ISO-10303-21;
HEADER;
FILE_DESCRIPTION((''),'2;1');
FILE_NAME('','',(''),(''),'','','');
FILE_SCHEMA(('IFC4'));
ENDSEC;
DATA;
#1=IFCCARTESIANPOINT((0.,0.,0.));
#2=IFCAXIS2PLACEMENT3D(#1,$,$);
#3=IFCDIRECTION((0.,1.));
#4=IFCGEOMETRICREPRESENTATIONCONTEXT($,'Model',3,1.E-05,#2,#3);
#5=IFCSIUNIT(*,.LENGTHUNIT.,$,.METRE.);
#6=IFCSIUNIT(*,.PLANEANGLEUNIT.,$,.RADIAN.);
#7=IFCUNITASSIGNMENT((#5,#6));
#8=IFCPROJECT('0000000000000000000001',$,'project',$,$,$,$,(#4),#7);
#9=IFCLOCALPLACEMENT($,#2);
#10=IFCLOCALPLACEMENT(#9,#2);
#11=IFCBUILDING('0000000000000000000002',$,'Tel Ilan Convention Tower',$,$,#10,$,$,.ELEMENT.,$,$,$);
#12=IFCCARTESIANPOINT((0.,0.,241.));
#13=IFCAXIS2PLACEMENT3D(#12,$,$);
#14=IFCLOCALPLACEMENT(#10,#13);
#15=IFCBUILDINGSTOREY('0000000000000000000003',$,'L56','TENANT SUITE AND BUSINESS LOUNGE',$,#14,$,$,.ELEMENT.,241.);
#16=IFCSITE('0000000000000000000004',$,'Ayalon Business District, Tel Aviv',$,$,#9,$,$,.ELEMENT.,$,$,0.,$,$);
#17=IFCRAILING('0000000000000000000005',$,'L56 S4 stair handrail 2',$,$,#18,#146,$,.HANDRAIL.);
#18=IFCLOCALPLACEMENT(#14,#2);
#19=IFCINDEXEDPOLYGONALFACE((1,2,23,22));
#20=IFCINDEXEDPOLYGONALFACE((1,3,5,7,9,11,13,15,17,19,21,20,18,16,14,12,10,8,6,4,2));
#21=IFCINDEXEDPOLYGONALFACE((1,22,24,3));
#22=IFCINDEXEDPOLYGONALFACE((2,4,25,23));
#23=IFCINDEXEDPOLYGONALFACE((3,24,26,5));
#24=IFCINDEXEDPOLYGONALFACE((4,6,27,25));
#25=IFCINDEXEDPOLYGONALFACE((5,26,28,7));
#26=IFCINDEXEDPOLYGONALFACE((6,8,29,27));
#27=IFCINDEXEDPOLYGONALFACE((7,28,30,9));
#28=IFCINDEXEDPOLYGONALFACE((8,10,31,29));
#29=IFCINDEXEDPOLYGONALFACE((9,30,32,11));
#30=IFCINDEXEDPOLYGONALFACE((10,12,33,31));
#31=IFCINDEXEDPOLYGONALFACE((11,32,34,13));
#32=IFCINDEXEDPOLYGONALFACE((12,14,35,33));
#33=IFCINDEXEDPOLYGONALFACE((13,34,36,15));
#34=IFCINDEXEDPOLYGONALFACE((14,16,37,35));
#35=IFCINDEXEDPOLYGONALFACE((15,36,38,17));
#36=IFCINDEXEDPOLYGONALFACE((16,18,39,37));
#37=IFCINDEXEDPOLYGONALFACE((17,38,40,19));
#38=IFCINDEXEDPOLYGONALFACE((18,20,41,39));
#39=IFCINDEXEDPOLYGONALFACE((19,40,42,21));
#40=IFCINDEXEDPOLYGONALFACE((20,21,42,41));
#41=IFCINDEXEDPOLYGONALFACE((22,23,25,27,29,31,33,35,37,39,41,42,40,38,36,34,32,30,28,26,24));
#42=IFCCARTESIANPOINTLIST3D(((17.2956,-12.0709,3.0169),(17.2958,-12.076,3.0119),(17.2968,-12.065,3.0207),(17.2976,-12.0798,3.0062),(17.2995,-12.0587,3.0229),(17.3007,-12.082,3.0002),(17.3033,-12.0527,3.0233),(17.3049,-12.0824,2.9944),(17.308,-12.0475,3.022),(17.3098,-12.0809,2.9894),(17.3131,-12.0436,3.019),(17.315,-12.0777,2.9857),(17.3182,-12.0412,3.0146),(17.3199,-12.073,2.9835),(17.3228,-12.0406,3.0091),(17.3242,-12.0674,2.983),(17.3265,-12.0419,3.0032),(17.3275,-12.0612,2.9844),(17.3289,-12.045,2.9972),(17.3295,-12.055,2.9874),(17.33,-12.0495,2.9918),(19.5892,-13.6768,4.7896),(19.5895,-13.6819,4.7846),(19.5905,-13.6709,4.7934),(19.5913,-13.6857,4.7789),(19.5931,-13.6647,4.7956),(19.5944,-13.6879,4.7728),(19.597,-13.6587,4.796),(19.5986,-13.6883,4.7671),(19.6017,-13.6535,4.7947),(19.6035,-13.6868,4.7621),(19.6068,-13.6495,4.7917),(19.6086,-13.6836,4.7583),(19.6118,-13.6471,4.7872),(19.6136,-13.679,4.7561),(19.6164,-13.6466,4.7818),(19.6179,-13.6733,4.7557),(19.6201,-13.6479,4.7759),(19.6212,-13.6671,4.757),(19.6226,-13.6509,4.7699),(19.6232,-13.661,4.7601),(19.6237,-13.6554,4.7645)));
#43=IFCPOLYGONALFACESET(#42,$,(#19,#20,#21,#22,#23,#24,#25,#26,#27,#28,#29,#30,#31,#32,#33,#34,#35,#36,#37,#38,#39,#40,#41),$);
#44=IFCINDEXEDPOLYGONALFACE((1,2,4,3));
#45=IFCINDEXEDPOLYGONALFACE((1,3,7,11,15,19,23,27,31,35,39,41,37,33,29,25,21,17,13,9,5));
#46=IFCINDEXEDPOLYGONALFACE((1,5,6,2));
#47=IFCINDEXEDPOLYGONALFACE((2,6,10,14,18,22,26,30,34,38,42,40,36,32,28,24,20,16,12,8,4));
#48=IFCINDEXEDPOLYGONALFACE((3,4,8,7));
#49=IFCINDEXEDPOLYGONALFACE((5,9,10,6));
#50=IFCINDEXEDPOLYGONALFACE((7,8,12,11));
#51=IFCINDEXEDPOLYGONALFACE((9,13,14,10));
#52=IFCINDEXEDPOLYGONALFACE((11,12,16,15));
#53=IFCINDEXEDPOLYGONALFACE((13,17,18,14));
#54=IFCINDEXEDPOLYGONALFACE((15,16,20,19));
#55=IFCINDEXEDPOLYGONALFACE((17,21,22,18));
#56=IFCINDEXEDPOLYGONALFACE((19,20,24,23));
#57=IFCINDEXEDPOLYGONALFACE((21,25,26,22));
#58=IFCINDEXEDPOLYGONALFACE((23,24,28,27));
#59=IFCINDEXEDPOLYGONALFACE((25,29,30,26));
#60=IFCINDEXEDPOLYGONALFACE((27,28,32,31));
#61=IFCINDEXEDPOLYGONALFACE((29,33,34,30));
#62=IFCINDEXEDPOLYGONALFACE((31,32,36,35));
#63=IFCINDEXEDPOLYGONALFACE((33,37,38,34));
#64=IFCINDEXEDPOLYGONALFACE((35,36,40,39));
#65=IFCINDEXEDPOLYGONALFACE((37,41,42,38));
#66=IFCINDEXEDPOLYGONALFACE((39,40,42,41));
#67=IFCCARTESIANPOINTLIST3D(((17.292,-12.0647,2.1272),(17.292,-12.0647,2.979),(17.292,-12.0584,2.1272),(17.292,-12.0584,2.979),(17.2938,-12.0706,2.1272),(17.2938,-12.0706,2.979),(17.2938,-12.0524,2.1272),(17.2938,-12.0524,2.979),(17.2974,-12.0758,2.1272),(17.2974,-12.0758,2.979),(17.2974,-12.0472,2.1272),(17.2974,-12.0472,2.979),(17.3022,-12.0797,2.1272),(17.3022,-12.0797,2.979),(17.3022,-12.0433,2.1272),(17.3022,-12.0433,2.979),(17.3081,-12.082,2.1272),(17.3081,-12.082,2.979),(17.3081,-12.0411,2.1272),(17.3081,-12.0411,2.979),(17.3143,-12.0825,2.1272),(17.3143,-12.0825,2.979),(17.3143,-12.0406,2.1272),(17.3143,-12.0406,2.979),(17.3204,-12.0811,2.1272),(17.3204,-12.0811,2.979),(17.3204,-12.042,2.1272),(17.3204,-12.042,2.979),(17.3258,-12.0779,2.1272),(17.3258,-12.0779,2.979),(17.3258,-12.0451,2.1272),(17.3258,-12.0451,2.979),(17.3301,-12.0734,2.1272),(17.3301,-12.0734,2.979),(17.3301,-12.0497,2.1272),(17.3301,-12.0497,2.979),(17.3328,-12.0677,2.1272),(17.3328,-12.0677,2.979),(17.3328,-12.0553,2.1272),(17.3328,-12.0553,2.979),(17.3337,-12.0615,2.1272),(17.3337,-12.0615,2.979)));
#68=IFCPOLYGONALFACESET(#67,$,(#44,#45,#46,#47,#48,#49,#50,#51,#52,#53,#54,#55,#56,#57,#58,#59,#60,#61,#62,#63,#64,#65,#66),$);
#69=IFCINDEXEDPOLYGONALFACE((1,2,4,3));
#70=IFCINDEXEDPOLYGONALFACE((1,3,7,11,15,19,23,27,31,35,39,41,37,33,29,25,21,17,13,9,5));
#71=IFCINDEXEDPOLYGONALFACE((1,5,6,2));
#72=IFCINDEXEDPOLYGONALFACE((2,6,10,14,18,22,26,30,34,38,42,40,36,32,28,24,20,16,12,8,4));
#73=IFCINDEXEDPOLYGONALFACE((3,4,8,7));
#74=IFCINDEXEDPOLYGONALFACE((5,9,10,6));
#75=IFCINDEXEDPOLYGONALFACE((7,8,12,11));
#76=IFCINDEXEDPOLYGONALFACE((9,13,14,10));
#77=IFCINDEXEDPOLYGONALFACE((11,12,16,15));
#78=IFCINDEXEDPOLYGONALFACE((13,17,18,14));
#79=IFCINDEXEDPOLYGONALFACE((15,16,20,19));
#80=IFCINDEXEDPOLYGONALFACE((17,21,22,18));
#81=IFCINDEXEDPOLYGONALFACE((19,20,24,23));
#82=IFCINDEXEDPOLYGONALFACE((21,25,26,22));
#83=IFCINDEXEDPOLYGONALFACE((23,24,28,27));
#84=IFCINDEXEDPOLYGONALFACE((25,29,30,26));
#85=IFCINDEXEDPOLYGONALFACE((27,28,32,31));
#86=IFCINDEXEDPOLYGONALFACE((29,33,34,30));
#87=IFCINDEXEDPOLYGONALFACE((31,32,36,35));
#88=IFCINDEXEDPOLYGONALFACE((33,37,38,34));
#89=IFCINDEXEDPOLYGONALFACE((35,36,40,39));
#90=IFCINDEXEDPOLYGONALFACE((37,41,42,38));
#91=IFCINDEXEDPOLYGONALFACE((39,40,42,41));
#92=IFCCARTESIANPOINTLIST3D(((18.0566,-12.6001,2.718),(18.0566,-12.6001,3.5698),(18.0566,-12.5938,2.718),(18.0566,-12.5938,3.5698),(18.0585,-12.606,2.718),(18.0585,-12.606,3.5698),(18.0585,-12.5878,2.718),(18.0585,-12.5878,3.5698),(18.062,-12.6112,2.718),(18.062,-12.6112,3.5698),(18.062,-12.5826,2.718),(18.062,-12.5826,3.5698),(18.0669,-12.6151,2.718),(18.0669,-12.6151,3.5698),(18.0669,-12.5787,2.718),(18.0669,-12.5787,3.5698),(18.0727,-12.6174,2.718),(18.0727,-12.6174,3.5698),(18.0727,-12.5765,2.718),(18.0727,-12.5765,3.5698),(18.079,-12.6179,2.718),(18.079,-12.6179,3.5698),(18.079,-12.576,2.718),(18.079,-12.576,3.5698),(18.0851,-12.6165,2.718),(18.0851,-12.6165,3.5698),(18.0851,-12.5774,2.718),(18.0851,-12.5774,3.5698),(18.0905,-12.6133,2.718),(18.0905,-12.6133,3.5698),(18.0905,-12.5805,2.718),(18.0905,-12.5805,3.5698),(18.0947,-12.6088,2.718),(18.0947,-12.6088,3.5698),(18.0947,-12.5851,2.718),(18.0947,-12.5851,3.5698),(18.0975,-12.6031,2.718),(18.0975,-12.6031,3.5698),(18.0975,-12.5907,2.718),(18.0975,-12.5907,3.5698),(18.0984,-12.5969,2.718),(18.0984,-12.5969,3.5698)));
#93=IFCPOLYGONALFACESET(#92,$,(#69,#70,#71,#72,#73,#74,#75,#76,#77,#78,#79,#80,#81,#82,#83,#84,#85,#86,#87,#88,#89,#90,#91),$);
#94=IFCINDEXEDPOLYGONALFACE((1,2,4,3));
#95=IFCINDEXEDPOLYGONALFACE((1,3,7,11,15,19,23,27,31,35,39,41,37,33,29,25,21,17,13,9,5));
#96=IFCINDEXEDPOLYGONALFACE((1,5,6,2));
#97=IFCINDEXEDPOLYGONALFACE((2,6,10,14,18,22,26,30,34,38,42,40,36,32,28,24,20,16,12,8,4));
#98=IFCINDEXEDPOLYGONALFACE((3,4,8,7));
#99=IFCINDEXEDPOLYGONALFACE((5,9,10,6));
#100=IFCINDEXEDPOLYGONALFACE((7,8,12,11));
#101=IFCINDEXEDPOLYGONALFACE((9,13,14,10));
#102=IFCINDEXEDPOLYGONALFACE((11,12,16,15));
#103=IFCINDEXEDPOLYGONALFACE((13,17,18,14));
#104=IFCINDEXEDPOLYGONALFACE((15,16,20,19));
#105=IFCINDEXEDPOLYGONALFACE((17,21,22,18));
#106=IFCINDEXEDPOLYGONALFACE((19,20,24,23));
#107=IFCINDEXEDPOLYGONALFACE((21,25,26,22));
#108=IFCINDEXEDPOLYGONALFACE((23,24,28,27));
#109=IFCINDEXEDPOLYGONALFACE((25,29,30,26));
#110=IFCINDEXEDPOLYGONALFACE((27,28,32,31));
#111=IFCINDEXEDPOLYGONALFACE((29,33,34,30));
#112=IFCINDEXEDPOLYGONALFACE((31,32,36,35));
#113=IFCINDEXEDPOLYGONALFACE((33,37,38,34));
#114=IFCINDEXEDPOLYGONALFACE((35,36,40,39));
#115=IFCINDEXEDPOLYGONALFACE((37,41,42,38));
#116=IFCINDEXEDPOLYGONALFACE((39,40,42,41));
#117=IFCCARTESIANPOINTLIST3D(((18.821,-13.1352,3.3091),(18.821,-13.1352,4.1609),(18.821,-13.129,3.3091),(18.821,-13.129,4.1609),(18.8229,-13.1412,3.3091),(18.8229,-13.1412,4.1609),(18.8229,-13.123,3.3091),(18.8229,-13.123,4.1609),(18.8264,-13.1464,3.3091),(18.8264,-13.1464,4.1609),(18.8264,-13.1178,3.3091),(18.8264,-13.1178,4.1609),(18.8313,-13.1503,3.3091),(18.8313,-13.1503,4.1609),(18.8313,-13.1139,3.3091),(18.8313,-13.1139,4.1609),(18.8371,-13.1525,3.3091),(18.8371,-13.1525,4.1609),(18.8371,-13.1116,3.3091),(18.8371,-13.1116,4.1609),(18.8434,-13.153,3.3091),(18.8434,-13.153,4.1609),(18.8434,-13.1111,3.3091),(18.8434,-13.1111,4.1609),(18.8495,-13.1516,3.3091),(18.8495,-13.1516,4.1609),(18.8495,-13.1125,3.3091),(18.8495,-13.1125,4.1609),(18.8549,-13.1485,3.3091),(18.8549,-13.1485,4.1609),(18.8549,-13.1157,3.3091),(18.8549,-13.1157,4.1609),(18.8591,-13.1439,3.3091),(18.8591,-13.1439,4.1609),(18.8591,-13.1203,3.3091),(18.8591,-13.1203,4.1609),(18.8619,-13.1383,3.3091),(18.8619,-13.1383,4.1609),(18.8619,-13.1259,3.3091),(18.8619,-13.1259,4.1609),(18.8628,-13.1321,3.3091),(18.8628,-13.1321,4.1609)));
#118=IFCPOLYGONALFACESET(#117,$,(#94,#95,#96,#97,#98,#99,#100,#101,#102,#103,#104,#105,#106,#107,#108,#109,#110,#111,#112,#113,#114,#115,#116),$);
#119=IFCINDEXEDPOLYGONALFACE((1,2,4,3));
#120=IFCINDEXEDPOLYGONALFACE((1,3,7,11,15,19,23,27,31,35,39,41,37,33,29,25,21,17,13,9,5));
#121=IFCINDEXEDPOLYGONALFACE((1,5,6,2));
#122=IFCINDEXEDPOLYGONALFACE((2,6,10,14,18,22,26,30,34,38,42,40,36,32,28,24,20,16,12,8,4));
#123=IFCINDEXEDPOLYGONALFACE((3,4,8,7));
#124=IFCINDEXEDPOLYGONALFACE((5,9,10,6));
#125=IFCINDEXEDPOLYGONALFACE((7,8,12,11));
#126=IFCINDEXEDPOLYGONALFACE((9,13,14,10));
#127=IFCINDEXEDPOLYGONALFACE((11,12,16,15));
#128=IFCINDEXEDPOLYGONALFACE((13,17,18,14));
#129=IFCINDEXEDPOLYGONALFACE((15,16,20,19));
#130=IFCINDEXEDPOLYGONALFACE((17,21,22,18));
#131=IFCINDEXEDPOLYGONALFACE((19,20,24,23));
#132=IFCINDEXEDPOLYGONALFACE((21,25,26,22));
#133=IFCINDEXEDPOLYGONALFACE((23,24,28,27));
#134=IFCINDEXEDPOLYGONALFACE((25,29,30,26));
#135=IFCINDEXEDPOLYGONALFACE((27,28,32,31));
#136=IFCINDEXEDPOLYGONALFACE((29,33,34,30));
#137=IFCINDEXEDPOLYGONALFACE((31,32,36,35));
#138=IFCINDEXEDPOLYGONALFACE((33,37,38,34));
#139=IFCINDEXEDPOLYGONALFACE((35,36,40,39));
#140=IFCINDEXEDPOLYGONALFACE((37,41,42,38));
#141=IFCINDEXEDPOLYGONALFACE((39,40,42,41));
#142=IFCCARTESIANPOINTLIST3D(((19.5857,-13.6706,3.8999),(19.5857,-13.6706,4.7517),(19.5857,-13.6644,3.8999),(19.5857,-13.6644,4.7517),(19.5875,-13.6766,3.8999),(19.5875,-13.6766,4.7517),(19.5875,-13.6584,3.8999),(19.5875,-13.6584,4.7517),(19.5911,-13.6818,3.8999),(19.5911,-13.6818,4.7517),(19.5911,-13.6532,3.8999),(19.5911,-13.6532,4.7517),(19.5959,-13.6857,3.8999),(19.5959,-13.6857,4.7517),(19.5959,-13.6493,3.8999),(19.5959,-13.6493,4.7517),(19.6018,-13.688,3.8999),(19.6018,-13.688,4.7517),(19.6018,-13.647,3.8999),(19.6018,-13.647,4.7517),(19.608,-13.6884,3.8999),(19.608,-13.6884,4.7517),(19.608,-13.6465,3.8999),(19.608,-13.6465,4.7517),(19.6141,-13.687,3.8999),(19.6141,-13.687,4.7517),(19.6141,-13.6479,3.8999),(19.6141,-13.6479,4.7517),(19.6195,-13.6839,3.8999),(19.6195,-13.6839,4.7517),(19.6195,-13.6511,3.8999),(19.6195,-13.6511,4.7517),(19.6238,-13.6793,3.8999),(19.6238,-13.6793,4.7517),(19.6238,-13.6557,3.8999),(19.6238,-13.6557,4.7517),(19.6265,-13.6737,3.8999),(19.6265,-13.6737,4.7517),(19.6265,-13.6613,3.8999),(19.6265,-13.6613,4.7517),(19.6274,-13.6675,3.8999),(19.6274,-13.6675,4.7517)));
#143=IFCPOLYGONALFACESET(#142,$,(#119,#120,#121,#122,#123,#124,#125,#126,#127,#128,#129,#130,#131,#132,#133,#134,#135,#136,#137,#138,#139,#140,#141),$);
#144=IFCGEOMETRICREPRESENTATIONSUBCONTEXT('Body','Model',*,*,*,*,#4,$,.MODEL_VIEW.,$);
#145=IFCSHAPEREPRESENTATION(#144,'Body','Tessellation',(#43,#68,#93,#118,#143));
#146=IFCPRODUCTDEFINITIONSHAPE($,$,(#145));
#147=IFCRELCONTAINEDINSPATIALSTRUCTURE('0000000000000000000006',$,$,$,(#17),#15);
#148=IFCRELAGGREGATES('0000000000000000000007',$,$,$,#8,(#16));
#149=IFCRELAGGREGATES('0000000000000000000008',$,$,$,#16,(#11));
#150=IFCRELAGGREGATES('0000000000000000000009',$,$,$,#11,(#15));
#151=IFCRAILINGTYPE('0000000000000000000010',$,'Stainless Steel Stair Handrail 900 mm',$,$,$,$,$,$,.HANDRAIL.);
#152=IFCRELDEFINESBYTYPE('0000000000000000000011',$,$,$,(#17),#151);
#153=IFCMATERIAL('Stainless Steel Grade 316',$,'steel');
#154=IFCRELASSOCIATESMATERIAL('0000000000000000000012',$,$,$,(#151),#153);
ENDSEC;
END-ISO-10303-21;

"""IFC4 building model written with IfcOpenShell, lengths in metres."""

from ifc_helpers import new_model, si_unit, direction, frame, origin, origin_2d, place, context, subcontext, project, spatial, circle, extrude, material, type_object, element, save


model = new_model("IFC4")

# Units and contexts
model_context = context("Model", 3, precision=1e-05, world=origin(), true_north=direction((0.0, 1.0)))
body_context = subcontext(model_context, "Body", "Model", "MODEL_VIEW")
ifc_project = project(units=[si_unit("LENGTHUNIT", "METRE"), si_unit("PLANEANGLEUNIT", "RADIAN")], contexts=[model_context])

# Site, building, storey
site_placement = place(None, origin())
site = spatial("IfcSite", under=ifc_project, at=site_placement, Name="Ayalon Business District, Tel Aviv", CompositionType="ELEMENT", RefElevation=0.0)
building_placement = place(site_placement, origin())
building = spatial("IfcBuilding", under=site, at=building_placement, Name="Tel Ilan Convention Tower", CompositionType="ELEMENT")
storey_placement = place(building_placement, frame((0.0, 0.0, 241.0)))
storey = spatial("IfcBuildingStorey", under=building, at=storey_placement, Name="L56", Description="TENANT SUITE AND BUSINESS LOUNGE", CompositionType="ELEMENT", Elevation=241.0)

# Railing
ifc_material_1 = material(Name="Stainless Steel Grade 316", Category="steel")
railing_type = type_object("IfcRailingType", Name="Stainless Steel Stair Handrail 900 mm", PredefinedType="HANDRAIL", material=ifc_material_1)
railing_placement = place(storey_placement, frame((17.3127, -12.0615, 2.1272)))
element("IfcRailing", 1, at=railing_placement, inside=storey, type_object=railing_type, Name="L56 S4 stair handrail 2", PredefinedType="HANDRAIL", context=body_context, shape_type="SweptSolid", body=[
    extrude(circle(Radius=0.0239, at=origin_2d()), frame((0.0, 0.0, 0.876), z_axis=(0.692123, -0.484597, 0.534913), x_axis=(0.57355, 0.81917, 0.0)), (0.0, 0.0, 1.0), 3.314),
    extrude(circle(Radius=0.021, at=origin_2d()), origin(), (0.0, 0.0, 1.0), 0.8518),
    extrude(circle(Radius=0.021, at=origin_2d()), frame((0.7646, -0.5354, 0.5908)), (0.0, 0.0, 1.0), 0.8518),
    extrude(circle(Radius=0.021, at=origin_2d()), frame((1.5291, -1.0706, 1.1819)), (0.0, 0.0, 1.0), 0.8518),
    extrude(circle(Radius=0.021, at=origin_2d()), frame((2.2937, -1.606, 1.7727)), (0.0, 0.0, 1.0), 0.8518),
])

save(model, "model.ifc")
